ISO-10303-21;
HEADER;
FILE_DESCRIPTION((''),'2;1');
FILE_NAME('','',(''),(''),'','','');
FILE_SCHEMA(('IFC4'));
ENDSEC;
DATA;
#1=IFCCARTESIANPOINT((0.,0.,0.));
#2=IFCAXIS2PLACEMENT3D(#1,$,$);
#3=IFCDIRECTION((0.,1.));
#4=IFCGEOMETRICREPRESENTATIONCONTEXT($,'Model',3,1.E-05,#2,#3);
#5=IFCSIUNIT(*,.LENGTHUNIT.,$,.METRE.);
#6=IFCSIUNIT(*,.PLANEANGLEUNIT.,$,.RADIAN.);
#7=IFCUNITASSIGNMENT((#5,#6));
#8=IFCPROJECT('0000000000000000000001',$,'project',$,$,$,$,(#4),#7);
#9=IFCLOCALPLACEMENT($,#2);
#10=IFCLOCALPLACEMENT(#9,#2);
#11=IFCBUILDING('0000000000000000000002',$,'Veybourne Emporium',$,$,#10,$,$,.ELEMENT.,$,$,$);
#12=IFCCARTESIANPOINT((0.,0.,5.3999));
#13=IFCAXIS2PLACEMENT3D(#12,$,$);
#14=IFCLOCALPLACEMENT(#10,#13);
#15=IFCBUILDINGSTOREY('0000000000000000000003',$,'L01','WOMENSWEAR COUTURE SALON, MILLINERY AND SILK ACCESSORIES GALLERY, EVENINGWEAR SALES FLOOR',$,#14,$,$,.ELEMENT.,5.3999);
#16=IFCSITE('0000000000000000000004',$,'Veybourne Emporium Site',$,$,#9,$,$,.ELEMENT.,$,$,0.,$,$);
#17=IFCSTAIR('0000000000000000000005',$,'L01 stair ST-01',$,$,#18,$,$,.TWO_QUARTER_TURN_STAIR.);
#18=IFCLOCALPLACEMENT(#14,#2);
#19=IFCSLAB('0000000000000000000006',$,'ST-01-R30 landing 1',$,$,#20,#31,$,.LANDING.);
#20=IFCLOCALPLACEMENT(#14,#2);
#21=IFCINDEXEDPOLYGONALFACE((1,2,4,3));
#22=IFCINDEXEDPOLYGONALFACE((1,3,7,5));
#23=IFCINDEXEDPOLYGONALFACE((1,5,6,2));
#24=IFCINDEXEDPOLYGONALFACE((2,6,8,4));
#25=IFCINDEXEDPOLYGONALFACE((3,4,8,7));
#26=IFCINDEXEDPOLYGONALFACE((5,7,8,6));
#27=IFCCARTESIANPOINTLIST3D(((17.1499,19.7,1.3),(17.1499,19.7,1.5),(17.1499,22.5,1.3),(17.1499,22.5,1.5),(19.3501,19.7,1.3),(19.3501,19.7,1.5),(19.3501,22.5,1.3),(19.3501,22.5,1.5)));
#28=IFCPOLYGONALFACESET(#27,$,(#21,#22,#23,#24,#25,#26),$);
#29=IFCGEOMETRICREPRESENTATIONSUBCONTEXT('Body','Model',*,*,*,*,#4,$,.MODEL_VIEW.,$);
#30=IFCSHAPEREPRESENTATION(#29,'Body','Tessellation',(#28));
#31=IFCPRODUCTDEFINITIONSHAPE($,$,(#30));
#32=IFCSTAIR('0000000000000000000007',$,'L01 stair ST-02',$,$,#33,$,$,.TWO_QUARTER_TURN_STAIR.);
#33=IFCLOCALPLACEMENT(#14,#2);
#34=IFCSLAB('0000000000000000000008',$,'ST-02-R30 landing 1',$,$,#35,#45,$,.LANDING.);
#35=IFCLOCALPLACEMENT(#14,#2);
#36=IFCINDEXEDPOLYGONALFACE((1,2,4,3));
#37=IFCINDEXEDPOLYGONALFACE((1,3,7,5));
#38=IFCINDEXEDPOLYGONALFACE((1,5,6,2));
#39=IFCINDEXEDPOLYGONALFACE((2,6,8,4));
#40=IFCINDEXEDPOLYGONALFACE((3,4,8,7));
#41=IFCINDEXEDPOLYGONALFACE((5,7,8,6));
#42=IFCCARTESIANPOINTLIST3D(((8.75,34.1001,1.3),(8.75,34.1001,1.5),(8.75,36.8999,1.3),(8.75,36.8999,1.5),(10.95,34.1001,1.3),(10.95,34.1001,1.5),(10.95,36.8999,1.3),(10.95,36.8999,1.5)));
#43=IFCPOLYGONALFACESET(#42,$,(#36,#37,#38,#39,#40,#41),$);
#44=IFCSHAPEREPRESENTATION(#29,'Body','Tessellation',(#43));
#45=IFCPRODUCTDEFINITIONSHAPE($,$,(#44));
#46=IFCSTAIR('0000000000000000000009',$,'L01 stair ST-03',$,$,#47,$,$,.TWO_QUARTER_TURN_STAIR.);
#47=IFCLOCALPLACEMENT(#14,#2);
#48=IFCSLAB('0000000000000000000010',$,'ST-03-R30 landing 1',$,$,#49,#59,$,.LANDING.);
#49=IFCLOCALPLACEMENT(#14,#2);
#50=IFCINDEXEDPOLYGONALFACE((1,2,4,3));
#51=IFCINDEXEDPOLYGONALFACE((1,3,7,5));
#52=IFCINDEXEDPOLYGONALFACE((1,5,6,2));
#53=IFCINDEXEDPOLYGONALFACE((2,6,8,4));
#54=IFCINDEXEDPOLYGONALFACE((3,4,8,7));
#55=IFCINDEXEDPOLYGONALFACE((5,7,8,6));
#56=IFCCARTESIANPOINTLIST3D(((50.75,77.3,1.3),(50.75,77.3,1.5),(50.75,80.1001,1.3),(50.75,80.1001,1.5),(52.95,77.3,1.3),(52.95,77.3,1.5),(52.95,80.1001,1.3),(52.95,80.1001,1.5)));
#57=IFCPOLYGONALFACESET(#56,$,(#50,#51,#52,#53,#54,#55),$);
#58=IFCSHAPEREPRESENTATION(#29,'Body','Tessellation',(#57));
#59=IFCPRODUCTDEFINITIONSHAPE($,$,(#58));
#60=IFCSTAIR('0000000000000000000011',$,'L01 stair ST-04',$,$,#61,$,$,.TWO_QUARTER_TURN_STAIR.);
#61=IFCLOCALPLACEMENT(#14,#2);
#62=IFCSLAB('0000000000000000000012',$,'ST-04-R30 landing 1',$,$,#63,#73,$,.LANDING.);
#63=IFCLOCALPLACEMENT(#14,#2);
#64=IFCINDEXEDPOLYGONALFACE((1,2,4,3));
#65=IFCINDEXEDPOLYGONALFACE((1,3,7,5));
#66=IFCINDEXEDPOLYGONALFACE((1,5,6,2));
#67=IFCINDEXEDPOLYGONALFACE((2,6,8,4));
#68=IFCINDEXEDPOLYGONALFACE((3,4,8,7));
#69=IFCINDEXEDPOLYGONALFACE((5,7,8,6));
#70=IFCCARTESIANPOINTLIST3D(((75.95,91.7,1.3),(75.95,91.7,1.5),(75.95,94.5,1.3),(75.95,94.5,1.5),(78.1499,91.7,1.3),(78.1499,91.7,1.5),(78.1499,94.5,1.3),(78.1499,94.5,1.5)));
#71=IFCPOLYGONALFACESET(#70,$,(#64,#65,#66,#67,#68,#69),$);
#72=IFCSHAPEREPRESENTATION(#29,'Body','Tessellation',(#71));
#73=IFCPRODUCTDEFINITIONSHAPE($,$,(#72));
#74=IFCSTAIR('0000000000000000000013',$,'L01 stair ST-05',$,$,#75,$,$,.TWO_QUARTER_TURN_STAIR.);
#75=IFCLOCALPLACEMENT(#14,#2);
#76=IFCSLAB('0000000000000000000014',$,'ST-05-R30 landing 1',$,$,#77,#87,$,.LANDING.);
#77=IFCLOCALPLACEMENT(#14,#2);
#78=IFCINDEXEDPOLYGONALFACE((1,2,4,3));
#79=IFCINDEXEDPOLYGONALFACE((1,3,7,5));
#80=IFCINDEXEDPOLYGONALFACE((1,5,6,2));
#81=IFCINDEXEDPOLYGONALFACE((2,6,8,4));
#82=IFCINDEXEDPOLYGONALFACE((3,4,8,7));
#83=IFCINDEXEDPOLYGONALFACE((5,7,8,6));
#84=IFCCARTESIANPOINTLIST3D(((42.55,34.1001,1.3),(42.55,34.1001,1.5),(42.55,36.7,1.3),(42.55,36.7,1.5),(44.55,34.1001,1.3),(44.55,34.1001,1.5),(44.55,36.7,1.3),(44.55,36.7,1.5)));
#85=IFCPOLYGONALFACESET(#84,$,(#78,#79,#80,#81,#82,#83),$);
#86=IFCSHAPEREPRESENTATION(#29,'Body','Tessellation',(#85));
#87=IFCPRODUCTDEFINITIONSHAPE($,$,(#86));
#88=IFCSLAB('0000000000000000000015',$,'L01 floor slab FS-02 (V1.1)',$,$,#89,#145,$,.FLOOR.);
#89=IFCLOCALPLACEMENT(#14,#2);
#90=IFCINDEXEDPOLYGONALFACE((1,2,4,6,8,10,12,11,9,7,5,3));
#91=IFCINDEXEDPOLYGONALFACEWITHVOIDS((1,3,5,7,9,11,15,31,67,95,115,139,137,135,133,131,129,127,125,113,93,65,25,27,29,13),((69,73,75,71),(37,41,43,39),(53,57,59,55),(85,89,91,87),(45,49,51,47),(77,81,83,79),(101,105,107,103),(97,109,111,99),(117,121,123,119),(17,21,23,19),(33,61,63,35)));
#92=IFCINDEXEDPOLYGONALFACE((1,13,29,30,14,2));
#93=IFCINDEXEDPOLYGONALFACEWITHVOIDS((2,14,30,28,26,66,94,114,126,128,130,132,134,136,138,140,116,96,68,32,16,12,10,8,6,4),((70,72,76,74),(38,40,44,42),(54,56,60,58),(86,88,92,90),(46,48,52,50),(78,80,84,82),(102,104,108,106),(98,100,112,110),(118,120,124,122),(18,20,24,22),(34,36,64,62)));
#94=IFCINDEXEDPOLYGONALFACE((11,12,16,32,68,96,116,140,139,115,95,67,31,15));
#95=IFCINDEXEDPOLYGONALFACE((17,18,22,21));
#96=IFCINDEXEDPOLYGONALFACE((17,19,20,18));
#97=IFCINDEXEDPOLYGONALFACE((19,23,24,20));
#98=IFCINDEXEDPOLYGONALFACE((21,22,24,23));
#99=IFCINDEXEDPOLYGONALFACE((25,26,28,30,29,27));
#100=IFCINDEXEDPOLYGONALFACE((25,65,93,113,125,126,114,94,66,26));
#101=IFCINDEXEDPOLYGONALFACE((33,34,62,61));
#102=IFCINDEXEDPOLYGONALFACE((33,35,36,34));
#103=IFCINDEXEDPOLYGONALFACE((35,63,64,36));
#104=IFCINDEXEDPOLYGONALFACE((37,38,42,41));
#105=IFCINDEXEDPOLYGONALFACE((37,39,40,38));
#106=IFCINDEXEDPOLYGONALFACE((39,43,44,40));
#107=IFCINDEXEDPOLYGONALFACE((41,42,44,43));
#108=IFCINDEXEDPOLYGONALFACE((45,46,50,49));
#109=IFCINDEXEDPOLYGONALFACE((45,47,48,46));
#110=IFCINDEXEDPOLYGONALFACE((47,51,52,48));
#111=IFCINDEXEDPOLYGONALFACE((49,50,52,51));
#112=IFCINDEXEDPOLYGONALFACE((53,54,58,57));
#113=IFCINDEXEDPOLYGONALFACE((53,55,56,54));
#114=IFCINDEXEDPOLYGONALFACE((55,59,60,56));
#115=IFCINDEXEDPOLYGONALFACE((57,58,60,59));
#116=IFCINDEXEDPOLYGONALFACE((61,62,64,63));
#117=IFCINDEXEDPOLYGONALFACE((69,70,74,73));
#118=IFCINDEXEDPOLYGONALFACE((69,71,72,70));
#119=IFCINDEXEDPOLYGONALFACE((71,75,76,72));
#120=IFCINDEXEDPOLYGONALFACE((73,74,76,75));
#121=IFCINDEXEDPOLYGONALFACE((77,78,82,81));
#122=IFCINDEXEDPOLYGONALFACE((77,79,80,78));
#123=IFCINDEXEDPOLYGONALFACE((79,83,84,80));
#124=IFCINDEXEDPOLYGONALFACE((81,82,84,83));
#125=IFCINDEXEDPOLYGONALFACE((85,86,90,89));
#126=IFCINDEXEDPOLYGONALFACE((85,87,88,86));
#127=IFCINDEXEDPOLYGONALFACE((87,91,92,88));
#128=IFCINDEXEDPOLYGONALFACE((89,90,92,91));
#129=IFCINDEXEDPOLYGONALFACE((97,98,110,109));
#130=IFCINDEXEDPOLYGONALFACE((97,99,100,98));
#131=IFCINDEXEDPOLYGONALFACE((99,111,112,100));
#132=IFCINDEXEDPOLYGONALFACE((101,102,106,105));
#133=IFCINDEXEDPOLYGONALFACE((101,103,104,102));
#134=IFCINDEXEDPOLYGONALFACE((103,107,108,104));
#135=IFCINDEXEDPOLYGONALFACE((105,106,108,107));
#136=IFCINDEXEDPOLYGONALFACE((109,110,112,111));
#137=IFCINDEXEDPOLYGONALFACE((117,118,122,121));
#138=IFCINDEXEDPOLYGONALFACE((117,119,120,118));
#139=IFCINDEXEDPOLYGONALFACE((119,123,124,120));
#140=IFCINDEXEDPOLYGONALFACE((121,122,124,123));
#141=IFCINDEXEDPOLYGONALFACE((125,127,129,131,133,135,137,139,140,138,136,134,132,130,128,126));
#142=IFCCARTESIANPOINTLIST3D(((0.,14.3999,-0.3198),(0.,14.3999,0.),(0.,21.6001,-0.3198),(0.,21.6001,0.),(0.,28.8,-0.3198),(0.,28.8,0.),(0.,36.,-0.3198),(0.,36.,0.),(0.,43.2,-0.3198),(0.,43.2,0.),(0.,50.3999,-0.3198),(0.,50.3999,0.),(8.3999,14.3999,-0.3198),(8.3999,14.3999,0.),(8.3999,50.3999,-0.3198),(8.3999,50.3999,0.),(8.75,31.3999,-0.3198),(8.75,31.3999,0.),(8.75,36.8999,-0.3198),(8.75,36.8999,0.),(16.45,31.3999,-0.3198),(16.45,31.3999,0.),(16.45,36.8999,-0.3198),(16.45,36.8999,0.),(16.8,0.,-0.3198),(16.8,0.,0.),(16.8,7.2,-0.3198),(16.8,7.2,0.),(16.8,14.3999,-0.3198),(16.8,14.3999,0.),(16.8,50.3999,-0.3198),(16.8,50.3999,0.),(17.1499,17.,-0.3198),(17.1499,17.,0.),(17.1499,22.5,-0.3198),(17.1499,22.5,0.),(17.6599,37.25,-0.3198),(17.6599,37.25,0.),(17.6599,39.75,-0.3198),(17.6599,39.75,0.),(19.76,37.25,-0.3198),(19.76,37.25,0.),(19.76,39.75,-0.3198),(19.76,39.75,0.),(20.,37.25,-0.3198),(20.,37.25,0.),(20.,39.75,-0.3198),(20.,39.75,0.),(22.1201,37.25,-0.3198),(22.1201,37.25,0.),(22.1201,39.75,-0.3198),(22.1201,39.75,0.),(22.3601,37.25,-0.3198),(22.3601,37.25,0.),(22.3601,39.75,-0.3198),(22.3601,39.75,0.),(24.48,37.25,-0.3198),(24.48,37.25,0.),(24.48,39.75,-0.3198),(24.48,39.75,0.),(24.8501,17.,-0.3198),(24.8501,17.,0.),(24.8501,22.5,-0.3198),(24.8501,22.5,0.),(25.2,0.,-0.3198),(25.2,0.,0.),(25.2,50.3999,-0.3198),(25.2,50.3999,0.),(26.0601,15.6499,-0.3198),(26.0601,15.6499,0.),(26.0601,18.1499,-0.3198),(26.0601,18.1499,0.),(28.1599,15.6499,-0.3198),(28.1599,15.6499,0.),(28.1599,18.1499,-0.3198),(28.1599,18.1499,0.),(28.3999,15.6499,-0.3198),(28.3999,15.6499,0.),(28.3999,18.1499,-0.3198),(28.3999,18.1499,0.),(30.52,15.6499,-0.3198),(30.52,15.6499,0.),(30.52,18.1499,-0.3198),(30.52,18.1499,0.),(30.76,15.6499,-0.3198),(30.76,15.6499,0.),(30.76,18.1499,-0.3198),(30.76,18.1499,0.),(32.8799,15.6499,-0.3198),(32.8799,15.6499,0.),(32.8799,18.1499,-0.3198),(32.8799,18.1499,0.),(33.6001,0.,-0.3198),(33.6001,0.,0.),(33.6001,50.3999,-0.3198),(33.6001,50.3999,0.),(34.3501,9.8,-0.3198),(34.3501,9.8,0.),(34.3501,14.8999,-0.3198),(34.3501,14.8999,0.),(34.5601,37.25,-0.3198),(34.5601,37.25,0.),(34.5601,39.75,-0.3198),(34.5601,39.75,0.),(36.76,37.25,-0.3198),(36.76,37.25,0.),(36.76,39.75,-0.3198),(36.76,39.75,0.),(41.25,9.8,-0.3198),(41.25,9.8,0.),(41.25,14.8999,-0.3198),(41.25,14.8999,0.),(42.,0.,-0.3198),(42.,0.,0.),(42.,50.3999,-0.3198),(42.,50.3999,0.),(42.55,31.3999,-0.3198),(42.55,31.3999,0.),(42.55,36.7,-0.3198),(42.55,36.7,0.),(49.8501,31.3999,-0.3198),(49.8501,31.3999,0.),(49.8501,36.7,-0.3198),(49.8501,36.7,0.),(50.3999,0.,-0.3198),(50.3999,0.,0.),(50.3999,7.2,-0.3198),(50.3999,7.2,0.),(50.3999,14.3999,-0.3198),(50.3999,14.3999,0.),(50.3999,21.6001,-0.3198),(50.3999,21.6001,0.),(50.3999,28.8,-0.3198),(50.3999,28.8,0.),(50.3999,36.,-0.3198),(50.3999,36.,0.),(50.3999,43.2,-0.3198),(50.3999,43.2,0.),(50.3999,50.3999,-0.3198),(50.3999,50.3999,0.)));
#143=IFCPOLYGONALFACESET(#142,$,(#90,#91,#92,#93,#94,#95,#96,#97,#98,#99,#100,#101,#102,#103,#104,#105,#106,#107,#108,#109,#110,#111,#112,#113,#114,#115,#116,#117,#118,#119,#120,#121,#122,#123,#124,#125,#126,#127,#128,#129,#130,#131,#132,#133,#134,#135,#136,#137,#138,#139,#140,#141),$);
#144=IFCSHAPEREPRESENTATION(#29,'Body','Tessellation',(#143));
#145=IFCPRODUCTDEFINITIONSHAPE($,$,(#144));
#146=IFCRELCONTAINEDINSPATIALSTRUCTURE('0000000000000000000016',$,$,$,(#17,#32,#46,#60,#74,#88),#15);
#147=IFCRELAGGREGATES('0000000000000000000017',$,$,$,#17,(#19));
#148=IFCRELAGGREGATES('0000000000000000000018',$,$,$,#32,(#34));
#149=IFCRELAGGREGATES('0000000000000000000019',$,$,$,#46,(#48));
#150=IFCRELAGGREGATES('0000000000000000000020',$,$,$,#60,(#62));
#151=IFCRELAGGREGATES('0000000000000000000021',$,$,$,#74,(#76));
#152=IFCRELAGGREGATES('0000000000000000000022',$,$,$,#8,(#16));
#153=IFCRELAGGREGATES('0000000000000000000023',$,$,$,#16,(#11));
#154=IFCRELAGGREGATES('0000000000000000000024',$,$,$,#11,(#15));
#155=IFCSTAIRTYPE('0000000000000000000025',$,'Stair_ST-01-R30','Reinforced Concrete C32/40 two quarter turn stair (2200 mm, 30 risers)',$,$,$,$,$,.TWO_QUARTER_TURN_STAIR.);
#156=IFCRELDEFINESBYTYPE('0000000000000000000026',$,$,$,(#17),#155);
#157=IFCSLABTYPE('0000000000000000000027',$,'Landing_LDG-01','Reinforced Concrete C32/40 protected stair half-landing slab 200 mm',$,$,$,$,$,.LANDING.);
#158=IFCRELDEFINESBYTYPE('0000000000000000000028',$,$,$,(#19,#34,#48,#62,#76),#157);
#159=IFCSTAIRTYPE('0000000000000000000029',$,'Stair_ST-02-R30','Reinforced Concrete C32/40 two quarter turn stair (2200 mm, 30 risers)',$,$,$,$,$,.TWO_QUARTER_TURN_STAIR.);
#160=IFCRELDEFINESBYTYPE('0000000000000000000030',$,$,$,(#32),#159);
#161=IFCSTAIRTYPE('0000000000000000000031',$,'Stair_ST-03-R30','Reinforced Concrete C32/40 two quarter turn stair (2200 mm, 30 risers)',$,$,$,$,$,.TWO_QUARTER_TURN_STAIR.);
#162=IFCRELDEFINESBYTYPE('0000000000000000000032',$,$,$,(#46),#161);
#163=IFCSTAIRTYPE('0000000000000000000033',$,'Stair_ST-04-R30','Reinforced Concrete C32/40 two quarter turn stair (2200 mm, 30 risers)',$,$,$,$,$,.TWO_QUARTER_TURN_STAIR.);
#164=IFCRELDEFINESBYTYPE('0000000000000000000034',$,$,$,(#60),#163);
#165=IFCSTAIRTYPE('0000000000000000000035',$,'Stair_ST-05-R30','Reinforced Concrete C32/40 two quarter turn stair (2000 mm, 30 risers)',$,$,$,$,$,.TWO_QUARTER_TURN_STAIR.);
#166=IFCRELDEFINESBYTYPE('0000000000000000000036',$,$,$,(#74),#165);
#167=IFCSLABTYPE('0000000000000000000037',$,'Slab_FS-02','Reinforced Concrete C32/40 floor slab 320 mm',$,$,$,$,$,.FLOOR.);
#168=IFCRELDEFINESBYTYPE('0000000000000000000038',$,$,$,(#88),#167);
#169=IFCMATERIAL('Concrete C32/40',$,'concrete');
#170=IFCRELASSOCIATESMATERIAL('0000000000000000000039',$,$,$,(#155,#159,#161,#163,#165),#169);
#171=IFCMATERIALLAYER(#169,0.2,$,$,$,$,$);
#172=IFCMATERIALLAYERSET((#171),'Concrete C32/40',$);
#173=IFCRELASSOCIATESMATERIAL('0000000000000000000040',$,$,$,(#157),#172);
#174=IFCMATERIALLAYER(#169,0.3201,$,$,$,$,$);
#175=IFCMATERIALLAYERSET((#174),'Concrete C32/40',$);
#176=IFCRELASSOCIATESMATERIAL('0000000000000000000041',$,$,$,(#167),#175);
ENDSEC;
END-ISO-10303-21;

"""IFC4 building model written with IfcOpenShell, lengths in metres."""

from ifc_helpers import new_model, si_unit, direction, frame, origin, place, context, subcontext, project, spatial, polyline, outline, extrude, material, layer, layer_set, type_object, element, aggregate, save


model = new_model("IFC4")

# Units and contexts
model_context = context("Model", 3, precision=1e-05, world=origin(), true_north=direction((0.0, 1.0)))
body_context = subcontext(model_context, "Body", "Model", "MODEL_VIEW")
ifc_project = project(units=[si_unit("LENGTHUNIT", "METRE"), si_unit("PLANEANGLEUNIT", "RADIAN")], contexts=[model_context])

# Site, building, storey
site_placement = place(None, origin())
site = spatial("IfcSite", under=ifc_project, at=site_placement, Name="Veybourne Emporium Site", CompositionType="ELEMENT", RefElevation=0.0)
building_placement = place(site_placement, origin())
building = spatial("IfcBuilding", under=site, at=building_placement, Name="Veybourne Emporium", CompositionType="ELEMENT")
storey_placement = place(building_placement, frame((0.0, 0.0, 5.3999)))
storey = spatial("IfcBuildingStorey", under=building, at=storey_placement, Name="L01", Description="WOMENSWEAR COUTURE SALON, MILLINERY AND SILK ACCESSORIES GALLERY, EVENINGWEAR SALES FLOOR", CompositionType="ELEMENT", Elevation=5.3999)

# Stairs, slabs
ifc_material_1 = material(Name="Concrete C32/40", Category="concrete")
stair_type_1 = type_object("IfcStairType", Name="Stair_ST-01-R30", Description="Reinforced Concrete C32/40 two quarter turn stair (2200 mm, 30 risers)", PredefinedType="TWO_QUARTER_TURN_STAIR", material=ifc_material_1)
stair_1_placement = place(storey_placement, origin())
stair_1 = element("IfcStair", 1, at=stair_1_placement, inside=storey, type_object=stair_type_1, Name="L01 stair ST-01", PredefinedType="TWO_QUARTER_TURN_STAIR")
ifc_layer_1 = layer(ifc_material_1, 0.2)
ifc_layer_set_1 = layer_set([ifc_layer_1], Name="Concrete C32/40")
slab_type_1 = type_object("IfcSlabType", Name="Landing_LDG-01", Description="Reinforced Concrete C32/40 protected stair half-landing slab 200 mm", PredefinedType="LANDING", material=ifc_layer_set_1)
slab_1_placement = place(storey_placement, frame((0.0, 0.0, 1.3)))
slab_1 = element("IfcSlab", 2, at=slab_1_placement, type_object=slab_type_1, Name="ST-01-R30 landing 1", PredefinedType="LANDING", context=body_context, shape_type="SweptSolid", body=[
    extrude(outline(polyline([(17.1499, 19.7), (19.3501, 19.7), (19.3501, 22.5), (17.1499, 22.5), (17.1499, 19.7)])), origin(), (0.0, 0.0, 1.0), 0.2),
])
aggregate(stair_1, [slab_1])
stair_type_2 = type_object("IfcStairType", Name="Stair_ST-02-R30", Description="Reinforced Concrete C32/40 two quarter turn stair (2200 mm, 30 risers)", PredefinedType="TWO_QUARTER_TURN_STAIR", material=ifc_material_1)
stair_2_placement = place(storey_placement, origin())
stair_2 = element("IfcStair", 3, at=stair_2_placement, inside=storey, type_object=stair_type_2, Name="L01 stair ST-02", PredefinedType="TWO_QUARTER_TURN_STAIR")
slab_2_placement = place(storey_placement, frame((0.0, 0.0, 1.3)))
slab_2 = element("IfcSlab", 4, at=slab_2_placement, type_object=slab_type_1, Name="ST-02-R30 landing 1", PredefinedType="LANDING", context=body_context, shape_type="SweptSolid", body=[
    extrude(outline(polyline([(8.75, 34.1001), (10.95, 34.1001), (10.95, 36.8999), (8.75, 36.8999), (8.75, 34.1001)])), origin(), (0.0, 0.0, 1.0), 0.2),
])
aggregate(stair_2, [slab_2])
stair_type_3 = type_object("IfcStairType", Name="Stair_ST-03-R30", Description="Reinforced Concrete C32/40 two quarter turn stair (2200 mm, 30 risers)", PredefinedType="TWO_QUARTER_TURN_STAIR", material=ifc_material_1)
stair_3_placement = place(storey_placement, origin())
stair_3 = element("IfcStair", 5, at=stair_3_placement, inside=storey, type_object=stair_type_3, Name="L01 stair ST-03", PredefinedType="TWO_QUARTER_TURN_STAIR")
slab_3_placement = place(storey_placement, frame((0.0, 0.0, 1.3)))
slab_3 = element("IfcSlab", 6, at=slab_3_placement, type_object=slab_type_1, Name="ST-03-R30 landing 1", PredefinedType="LANDING", context=body_context, shape_type="SweptSolid", body=[
    extrude(outline(polyline([(50.75, 77.3), (52.95, 77.3), (52.95, 80.1001), (50.75, 80.1001), (50.75, 77.3)])), origin(), (0.0, 0.0, 1.0), 0.2),
])
aggregate(stair_3, [slab_3])
stair_type_4 = type_object("IfcStairType", Name="Stair_ST-04-R30", Description="Reinforced Concrete C32/40 two quarter turn stair (2200 mm, 30 risers)", PredefinedType="TWO_QUARTER_TURN_STAIR", material=ifc_material_1)
stair_4_placement = place(storey_placement, origin())
stair_4 = element("IfcStair", 7, at=stair_4_placement, inside=storey, type_object=stair_type_4, Name="L01 stair ST-04", PredefinedType="TWO_QUARTER_TURN_STAIR")
slab_4_placement = place(storey_placement, frame((0.0, 0.0, 1.3)))
slab_4 = element("IfcSlab", 8, at=slab_4_placement, type_object=slab_type_1, Name="ST-04-R30 landing 1", PredefinedType="LANDING", context=body_context, shape_type="SweptSolid", body=[
    extrude(outline(polyline([(75.95, 91.7), (78.1499, 91.7), (78.1499, 94.5), (75.95, 94.5), (75.95, 91.7)])), origin(), (0.0, 0.0, 1.0), 0.2),
])
aggregate(stair_4, [slab_4])
stair_type_5 = type_object("IfcStairType", Name="Stair_ST-05-R30", Description="Reinforced Concrete C32/40 two quarter turn stair (2000 mm, 30 risers)", PredefinedType="TWO_QUARTER_TURN_STAIR", material=ifc_material_1)
stair_5_placement = place(storey_placement, origin())
stair_5 = element("IfcStair", 9, at=stair_5_placement, inside=storey, type_object=stair_type_5, Name="L01 stair ST-05", PredefinedType="TWO_QUARTER_TURN_STAIR")
slab_5_placement = place(storey_placement, frame((0.0, 0.0, 1.3)))
slab_5 = element("IfcSlab", 10, at=slab_5_placement, type_object=slab_type_1, Name="ST-05-R30 landing 1", PredefinedType="LANDING", context=body_context, shape_type="SweptSolid", body=[
    extrude(outline(polyline([(42.55, 34.1001), (44.55, 34.1001), (44.55, 36.7), (42.55, 36.7), (42.55, 34.1001)])), origin(), (0.0, 0.0, 1.0), 0.2),
])
aggregate(stair_5, [slab_5])

# Slab
ifc_layer_2 = layer(ifc_material_1, 0.3201)
ifc_layer_set_2 = layer_set([ifc_layer_2], Name="Concrete C32/40")
slab_type_2 = type_object("IfcSlabType", Name="Slab_FS-02", Description="Reinforced Concrete C32/40 floor slab 320 mm", PredefinedType="FLOOR", material=ifc_layer_set_2)
slab_6_placement = place(storey_placement, frame((0.0, 0.0, -0.3198)))
element("IfcSlab", 11, at=slab_6_placement, inside=storey, type_object=slab_type_2, Name="L01 floor slab FS-02 (V1.1)", PredefinedType="FLOOR", context=body_context, shape_type="SweptSolid", body=[
    extrude(outline(polyline([(0.0, 14.3999), (0.0, 21.6001), (0.0, 28.8), (0.0, 36.0), (0.0, 43.2), (0.0, 50.3999), (8.3999, 50.3999), (16.8, 50.3999), (25.2, 50.3999), (33.6001, 50.3999), (42.0, 50.3999), (50.3999, 50.3999), (50.3999, 43.2), (50.3999, 36.0), (50.3999, 28.8), (50.3999, 21.6001), (50.3999, 14.3999), (50.3999, 7.2), (50.3999, 0.0), (42.0, 0.0), (33.6001, 0.0), (25.2, 0.0), (16.8, 0.0), (16.8, 7.2), (16.8, 14.3999), (8.3999, 14.3999), (0.0, 14.3999)]), holes=[polyline([(41.25, 9.8), (41.25, 14.8999), (34.3501, 14.8999), (34.3501, 9.8), (41.25, 9.8)]), polyline([(26.0601, 15.6499), (28.1599, 15.6499), (28.1599, 18.1499), (26.0601, 18.1499), (26.0601, 15.6499)]), polyline([(28.3999, 15.6499), (30.52, 15.6499), (30.52, 18.1499), (28.3999, 18.1499), (28.3999, 15.6499)]), polyline([(32.8799, 15.6499), (32.8799, 18.1499), (30.76, 18.1499), (30.76, 15.6499), (32.8799, 15.6499)]), polyline([(17.1499, 17.0), (24.8501, 17.0), (24.8501, 22.5), (17.1499, 22.5), (17.1499, 17.0)]), polyline([(49.8501, 31.3999), (49.8501, 36.7), (42.55, 36.7), (42.55, 31.3999), (49.8501, 31.3999)]), polyline([(8.75, 31.3999), (16.45, 31.3999), (16.45, 36.8999), (8.75, 36.8999), (8.75, 31.3999)]), polyline([(17.6599, 37.25), (19.76, 37.25), (19.76, 39.75), (17.6599, 39.75), (17.6599, 37.25)]), polyline([(20.0, 37.25), (22.1201, 37.25), (22.1201, 39.75), (20.0, 39.75), (20.0, 37.25)]), polyline([(22.3601, 37.25), (24.48, 37.25), (24.48, 39.75), (22.3601, 39.75), (22.3601, 37.25)]), polyline([(34.5601, 37.25), (36.76, 37.25), (36.76, 39.75), (34.5601, 39.75), (34.5601, 37.25)])]), origin(), (0.0, 0.0, 1.0), 0.3198),
])

save(model, "model.ifc")
